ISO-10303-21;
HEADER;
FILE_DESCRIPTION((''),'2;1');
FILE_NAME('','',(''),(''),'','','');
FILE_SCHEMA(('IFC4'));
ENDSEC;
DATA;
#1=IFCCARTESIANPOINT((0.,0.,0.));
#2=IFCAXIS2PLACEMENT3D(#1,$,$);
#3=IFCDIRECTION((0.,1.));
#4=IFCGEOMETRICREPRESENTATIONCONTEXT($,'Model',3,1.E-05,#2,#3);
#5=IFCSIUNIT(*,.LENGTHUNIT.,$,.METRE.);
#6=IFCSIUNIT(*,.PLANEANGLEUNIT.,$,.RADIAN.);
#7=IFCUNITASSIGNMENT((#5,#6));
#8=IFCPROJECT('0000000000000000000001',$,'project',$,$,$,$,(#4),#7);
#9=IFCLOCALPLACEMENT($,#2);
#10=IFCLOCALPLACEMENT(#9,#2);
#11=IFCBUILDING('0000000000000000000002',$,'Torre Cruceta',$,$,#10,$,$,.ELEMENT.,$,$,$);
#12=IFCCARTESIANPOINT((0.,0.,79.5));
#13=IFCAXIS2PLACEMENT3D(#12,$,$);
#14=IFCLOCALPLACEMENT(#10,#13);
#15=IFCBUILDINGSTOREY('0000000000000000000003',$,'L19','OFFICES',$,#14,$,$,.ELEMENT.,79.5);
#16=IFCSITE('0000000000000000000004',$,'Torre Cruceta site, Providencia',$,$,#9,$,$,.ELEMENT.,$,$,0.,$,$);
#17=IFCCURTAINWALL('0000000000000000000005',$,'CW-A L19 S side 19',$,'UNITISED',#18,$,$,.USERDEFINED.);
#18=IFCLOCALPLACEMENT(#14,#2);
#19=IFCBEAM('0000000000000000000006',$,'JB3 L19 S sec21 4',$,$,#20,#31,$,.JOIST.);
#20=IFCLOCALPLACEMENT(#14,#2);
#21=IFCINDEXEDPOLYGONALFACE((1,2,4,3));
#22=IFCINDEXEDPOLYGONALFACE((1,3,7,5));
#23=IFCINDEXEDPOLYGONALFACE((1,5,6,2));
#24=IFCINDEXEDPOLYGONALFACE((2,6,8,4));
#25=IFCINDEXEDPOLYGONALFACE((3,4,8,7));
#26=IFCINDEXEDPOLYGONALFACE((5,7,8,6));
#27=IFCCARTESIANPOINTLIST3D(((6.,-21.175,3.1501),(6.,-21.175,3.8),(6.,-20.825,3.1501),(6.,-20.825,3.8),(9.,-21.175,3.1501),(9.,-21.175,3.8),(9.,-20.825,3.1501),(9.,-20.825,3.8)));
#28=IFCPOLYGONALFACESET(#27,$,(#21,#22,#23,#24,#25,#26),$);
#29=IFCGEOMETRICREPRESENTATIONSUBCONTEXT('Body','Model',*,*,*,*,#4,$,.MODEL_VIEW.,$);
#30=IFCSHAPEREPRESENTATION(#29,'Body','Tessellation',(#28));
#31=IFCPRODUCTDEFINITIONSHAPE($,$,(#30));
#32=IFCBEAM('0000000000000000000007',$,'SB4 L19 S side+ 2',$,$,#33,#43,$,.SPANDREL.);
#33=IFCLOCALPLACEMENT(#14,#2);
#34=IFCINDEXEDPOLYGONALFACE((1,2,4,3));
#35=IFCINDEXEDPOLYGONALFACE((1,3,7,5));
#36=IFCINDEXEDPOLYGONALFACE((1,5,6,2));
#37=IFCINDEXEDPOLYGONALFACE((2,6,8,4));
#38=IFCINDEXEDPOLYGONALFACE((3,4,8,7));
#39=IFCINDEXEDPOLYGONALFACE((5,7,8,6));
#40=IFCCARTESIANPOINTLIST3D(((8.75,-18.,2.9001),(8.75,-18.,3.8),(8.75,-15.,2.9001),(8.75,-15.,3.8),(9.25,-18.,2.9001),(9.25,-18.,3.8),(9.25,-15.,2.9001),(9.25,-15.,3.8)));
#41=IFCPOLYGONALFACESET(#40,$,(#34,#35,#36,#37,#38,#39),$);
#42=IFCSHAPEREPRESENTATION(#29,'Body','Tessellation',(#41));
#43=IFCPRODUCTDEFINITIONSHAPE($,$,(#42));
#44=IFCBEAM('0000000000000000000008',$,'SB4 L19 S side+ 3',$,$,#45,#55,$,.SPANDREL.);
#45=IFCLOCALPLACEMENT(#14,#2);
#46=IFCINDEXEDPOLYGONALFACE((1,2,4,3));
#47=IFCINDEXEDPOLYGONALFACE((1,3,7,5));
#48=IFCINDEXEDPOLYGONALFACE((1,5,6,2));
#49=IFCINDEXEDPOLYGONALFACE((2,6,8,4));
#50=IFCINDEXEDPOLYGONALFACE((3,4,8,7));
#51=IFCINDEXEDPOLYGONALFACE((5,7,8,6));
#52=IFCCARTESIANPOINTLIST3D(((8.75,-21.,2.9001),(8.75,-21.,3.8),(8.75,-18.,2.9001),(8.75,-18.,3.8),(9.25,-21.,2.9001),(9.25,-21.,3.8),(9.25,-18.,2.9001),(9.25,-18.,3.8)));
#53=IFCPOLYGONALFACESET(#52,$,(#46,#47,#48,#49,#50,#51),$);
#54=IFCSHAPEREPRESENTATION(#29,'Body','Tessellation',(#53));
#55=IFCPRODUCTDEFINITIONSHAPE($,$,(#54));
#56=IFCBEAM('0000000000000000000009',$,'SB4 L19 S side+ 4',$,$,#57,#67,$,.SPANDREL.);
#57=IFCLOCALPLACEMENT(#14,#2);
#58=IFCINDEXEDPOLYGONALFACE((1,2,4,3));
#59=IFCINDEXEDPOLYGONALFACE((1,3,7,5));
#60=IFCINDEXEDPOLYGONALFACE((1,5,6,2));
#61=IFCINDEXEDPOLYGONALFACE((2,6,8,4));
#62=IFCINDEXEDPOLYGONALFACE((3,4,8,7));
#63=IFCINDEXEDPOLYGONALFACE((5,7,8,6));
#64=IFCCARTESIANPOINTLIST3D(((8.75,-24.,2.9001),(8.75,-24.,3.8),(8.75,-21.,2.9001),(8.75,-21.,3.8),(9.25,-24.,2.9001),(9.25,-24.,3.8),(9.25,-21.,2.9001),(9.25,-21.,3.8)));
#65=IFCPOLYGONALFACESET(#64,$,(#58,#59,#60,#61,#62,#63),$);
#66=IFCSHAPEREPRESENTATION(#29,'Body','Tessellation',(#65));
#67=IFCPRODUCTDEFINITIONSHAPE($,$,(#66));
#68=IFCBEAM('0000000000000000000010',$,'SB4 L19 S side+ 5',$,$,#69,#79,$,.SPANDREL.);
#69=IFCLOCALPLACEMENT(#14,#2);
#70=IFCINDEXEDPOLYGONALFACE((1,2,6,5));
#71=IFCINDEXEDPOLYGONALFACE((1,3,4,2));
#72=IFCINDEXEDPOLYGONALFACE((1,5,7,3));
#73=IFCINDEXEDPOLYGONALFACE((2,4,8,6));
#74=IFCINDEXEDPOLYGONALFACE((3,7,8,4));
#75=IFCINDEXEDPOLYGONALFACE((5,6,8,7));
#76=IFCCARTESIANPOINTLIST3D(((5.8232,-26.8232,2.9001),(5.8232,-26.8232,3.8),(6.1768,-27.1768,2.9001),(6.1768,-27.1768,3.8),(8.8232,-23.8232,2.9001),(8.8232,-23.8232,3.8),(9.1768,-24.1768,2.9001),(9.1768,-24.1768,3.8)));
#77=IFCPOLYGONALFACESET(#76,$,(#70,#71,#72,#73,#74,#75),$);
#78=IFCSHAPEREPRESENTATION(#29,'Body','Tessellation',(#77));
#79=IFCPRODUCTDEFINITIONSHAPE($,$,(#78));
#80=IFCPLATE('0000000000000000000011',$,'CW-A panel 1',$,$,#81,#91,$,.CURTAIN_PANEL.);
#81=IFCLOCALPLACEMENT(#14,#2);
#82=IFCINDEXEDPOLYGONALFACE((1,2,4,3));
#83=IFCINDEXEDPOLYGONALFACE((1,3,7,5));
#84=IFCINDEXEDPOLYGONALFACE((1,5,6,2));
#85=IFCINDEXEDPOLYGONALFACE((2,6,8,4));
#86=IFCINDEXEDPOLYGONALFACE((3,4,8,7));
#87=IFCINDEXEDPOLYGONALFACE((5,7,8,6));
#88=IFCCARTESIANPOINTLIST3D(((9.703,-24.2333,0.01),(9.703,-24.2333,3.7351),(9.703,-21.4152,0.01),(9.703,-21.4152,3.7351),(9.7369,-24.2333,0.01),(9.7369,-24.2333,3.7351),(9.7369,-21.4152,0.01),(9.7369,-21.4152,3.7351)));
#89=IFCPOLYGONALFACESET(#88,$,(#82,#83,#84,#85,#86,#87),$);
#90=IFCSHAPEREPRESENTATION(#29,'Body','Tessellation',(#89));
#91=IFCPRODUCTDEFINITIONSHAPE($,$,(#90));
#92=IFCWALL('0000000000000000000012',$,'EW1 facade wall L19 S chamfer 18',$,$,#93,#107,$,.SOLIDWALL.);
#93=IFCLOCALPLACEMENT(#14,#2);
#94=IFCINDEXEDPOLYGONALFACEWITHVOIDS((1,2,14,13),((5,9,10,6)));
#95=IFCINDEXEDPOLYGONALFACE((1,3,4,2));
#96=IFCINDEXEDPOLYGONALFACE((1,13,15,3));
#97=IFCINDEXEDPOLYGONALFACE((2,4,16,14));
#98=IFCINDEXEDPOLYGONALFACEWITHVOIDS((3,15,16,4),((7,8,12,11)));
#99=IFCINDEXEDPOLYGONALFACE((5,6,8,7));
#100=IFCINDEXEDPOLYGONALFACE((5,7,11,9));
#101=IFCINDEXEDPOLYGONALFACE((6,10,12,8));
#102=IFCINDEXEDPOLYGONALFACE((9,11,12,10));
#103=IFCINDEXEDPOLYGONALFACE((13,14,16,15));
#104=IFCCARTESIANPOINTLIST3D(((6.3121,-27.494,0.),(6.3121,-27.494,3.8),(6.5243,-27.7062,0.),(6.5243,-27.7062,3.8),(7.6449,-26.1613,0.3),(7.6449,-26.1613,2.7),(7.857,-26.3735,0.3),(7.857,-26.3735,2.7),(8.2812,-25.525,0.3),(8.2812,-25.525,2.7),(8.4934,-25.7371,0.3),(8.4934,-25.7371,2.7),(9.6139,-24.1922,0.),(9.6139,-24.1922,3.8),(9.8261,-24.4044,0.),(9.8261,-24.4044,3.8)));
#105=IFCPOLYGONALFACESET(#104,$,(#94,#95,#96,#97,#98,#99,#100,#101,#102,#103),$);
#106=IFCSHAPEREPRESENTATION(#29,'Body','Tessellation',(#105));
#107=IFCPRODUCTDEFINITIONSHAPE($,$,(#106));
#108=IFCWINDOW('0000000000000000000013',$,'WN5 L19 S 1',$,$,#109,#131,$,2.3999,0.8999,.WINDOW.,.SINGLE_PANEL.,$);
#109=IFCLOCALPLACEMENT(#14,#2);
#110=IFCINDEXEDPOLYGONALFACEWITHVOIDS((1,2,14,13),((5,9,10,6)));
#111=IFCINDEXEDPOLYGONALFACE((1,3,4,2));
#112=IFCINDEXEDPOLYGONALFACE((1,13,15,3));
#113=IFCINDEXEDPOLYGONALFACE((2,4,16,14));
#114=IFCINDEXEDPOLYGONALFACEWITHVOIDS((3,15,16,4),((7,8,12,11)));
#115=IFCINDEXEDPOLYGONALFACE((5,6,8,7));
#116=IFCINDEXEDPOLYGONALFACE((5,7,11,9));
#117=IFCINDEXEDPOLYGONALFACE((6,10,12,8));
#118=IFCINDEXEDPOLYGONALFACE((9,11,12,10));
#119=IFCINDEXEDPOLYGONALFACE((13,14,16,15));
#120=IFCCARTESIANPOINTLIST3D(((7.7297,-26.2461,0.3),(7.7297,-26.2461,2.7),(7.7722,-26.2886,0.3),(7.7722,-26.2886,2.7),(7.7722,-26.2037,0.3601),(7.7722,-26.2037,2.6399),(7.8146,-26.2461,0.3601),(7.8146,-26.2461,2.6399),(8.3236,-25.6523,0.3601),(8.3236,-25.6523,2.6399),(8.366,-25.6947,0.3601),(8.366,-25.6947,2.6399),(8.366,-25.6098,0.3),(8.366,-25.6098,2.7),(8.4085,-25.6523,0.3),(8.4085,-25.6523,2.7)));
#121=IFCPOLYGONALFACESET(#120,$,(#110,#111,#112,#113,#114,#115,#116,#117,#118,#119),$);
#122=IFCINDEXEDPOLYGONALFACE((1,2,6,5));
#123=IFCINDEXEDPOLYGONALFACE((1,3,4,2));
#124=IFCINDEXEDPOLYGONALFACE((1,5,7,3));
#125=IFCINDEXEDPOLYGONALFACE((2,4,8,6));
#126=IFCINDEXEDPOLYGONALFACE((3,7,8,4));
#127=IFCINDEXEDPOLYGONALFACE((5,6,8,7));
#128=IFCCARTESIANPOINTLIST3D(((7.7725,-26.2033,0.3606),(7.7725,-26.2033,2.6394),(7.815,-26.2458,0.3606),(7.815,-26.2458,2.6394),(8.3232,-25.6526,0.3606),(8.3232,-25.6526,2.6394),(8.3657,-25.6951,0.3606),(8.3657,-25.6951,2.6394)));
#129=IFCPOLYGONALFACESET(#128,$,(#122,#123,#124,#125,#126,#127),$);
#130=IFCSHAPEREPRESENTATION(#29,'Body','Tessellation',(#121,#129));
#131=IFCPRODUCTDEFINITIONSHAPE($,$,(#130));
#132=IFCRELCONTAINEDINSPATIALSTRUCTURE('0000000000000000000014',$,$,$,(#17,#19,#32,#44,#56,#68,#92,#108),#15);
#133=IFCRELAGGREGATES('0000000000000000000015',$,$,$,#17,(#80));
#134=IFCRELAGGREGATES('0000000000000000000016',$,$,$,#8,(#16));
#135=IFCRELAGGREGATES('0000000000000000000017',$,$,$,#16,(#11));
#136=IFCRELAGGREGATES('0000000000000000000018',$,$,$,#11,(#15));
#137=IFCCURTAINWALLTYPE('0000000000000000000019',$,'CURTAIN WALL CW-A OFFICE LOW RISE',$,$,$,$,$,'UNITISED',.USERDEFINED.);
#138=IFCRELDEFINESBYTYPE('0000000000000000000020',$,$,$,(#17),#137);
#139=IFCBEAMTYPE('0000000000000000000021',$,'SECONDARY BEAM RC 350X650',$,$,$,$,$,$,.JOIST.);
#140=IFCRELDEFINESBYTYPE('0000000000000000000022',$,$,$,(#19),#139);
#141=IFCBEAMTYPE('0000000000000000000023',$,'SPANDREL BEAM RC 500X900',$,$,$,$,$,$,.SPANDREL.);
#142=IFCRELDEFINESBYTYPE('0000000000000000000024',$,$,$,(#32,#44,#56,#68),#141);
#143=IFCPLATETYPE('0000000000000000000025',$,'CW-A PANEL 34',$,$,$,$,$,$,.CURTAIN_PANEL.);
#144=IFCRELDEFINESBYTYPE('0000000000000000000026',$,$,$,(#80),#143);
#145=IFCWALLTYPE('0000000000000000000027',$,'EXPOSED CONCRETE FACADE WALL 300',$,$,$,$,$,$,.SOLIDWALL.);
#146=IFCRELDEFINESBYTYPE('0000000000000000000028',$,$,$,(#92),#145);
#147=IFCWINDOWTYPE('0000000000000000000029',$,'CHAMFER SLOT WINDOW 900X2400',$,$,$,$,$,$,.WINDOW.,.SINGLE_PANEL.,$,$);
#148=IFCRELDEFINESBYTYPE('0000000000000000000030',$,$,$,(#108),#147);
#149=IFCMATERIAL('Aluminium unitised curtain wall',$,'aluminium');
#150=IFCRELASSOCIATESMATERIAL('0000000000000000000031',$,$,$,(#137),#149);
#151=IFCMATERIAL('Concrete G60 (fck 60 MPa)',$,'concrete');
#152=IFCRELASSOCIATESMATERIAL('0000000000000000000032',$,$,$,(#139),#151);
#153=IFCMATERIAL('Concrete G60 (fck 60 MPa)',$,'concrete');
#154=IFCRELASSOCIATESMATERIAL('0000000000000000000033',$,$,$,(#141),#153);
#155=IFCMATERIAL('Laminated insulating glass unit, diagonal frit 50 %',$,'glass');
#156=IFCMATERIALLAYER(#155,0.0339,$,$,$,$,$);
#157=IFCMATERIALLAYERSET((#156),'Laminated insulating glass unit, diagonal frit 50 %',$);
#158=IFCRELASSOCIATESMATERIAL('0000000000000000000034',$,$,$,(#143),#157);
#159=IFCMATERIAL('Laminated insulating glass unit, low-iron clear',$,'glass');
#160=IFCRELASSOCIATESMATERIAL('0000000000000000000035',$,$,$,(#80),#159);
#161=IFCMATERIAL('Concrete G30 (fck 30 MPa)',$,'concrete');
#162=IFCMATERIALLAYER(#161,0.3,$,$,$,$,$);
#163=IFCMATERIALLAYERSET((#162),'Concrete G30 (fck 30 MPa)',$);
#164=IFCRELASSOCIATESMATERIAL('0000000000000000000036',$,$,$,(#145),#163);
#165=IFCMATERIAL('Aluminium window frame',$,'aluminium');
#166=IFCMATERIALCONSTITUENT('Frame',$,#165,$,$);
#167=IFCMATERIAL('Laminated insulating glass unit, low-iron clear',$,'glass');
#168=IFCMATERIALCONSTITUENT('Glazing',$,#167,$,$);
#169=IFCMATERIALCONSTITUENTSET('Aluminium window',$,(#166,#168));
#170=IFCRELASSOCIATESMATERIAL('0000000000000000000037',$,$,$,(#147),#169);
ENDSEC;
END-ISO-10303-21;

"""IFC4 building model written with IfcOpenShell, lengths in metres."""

from ifc_helpers import new_model, si_unit, direction, frame, frame_2d, origin, origin_2d, place, context, subcontext, project, spatial, rectangle, hollow_rectangle, extrude, material, layer, layer_set, constituent, constituent_set, material_profile, profile_set, type_object, element, fill, aggregate, save


model = new_model("IFC4")

# Units and contexts
model_context = context("Model", 3, precision=1e-05, world=origin(), true_north=direction((0.0, 1.0)))
body_context = subcontext(model_context, "Body", "Model", "MODEL_VIEW")
ifc_project = project(units=[si_unit("LENGTHUNIT", "METRE"), si_unit("PLANEANGLEUNIT", "RADIAN")], contexts=[model_context])

# Site, building, storey
site_placement = place(None, origin())
site = spatial("IfcSite", under=ifc_project, at=site_placement, Name="Torre Cruceta site, Providencia", CompositionType="ELEMENT", RefElevation=0.0)
building_placement = place(site_placement, origin())
building = spatial("IfcBuilding", under=site, at=building_placement, Name="Torre Cruceta", CompositionType="ELEMENT")
storey_placement = place(building_placement, frame((0.0, 0.0, 79.5)))
storey = spatial("IfcBuildingStorey", under=building, at=storey_placement, Name="L19", Description="OFFICES", CompositionType="ELEMENT", Elevation=79.5)

# Curtain wall
ifc_material_1 = material(Name="Aluminium unitised curtain wall", Category="aluminium")
curtain_wall_type = type_object("IfcCurtainWallType", Name="CURTAIN WALL CW-A OFFICE LOW RISE", ElementType="UNITISED", PredefinedType="USERDEFINED", material=ifc_material_1)
curtain_wall_placement = place(storey_placement, origin())
curtain_wall = element("IfcCurtainWall", 1, at=curtain_wall_placement, inside=storey, type_object=curtain_wall_type, Name="CW-A L19 S side 19", ObjectType="UNITISED", PredefinedType="USERDEFINED")

# Beams
ifc_material_2 = material(Name="Concrete G60 (fck 60 MPa)", Category="concrete")
ifc_material_profile_1 = material_profile(ifc_material_2, rectangle(XDim=0.3501, YDim=0.6499, at=origin_2d()), Name="RC 350X650")
ifc_profile_set_1 = profile_set([ifc_material_profile_1], Name="Concrete G60 (fck 60 MPa)")
beam_type_1 = type_object("IfcBeamType", Name="SECONDARY BEAM RC 350X650", PredefinedType="JOIST", material=ifc_profile_set_1)
beam_1_placement = place(storey_placement, frame((6.0, -21.0, 3.4751), z_axis=(1.0, 0.0, 0.0), x_axis=(0.0, 1.0, 0.0)))
element("IfcBeam", 2, at=beam_1_placement, inside=storey, type_object=beam_type_1, Name="JB3 L19 S sec21 4", PredefinedType="JOIST", context=body_context, shape_type="SweptSolid", body=[
    extrude(rectangle(XDim=0.3501, YDim=0.6499, at=origin_2d()), origin(), (0.0, 0.0, 1.0), 3.0),
])
ifc_material_3 = material(Name="Concrete G60 (fck 60 MPa)", Category="concrete")
ifc_material_profile_2 = material_profile(ifc_material_3, rectangle(XDim=0.5, YDim=0.8999, at=origin_2d()), Name="RC 500X900")
ifc_profile_set_2 = profile_set([ifc_material_profile_2], Name="Concrete G60 (fck 60 MPa)")
beam_type_2 = type_object("IfcBeamType", Name="SPANDREL BEAM RC 500X900", PredefinedType="SPANDREL", material=ifc_profile_set_2)
for number, where, z_axis, x_axis, name in (
    (3, (9.0, -15.0, 3.3501), (0.0, -1.0, 0.0), (1.0, 0.0, 0.0), "SB4 L19 S side+ 2"),
    (4, (9.0, -18.0, 3.3501), (0.0, -1.0, 0.0), (1.0, 0.0, 0.0), "SB4 L19 S side+ 3"),
    (5, (9.0, -21.0, 3.3501), (0.0, -1.0, 0.0), (1.0, 0.0, 0.0), "SB4 L19 S side+ 4"),
):
    element("IfcBeam", number, at=place(storey_placement, frame(where, z_axis=z_axis, x_axis=x_axis)), inside=storey, type_object=beam_type_2, Name=name, PredefinedType="SPANDREL", context=body_context, shape_type="SweptSolid", body=[
        extrude(rectangle(XDim=0.5, YDim=0.8999, at=origin_2d()), origin(), (0.0, 0.0, 1.0), 3.0),
    ])
beam_2_placement = place(storey_placement, frame((9.0, -24.0, 3.3501), z_axis=(-0.707107, -0.707107, 0.0), x_axis=(0.707107, -0.707107, 0.0)))
element("IfcBeam", 6, at=beam_2_placement, inside=storey, type_object=beam_type_2, Name="SB4 L19 S side+ 5", PredefinedType="SPANDREL", context=body_context, shape_type="SweptSolid", body=[
    extrude(rectangle(XDim=0.5, YDim=0.8999, at=origin_2d()), origin(), (0.0, 0.0, 1.0), 4.2427),
])

# Plate
ifc_material_4 = material(Name="Laminated insulating glass unit, low-iron clear", Category="glass")
ifc_material_5 = material(Name="Laminated insulating glass unit, diagonal frit 50 %", Category="glass")
ifc_layer_1 = layer(ifc_material_5, 0.0339)
ifc_layer_set_1 = layer_set([ifc_layer_1], Name="Laminated insulating glass unit, diagonal frit 50 %")
plate_type = type_object("IfcPlateType", Name="CW-A PANEL 34", PredefinedType="CURTAIN_PANEL", material=ifc_layer_set_1)
plate_placement = place(storey_placement, frame((9.72, -22.8242, 0.01), z_axis=(0.0, 0.0, 1.0), x_axis=(0.0, 1.0, 0.0)))
plate = element("IfcPlate", 7, at=plate_placement, type_object=plate_type, material=ifc_material_4, Name="CW-A panel 1", PredefinedType="CURTAIN_PANEL", context=body_context, shape_type="SweptSolid", body=[
    extrude(rectangle(XDim=2.8181, YDim=0.0339, at=origin_2d()), origin(), (0.0, 0.0, 1.0), 3.7251),
])
aggregate(curtain_wall, [plate])

# Wall, opening, window
ifc_material_6 = material(Name="Concrete G30 (fck 30 MPa)", Category="concrete")
ifc_layer_2 = layer(ifc_material_6, 0.3)
ifc_layer_set_2 = layer_set([ifc_layer_2], Name="Concrete G30 (fck 30 MPa)")
wall_type_1 = type_object("IfcWallType", Name="EXPOSED CONCRETE FACADE WALL 300", PredefinedType="SOLIDWALL", material=ifc_layer_set_2)
wall_1_placement = place(storey_placement, frame((6.4182, -27.6001, 0.0), z_axis=(0.0, 0.0, 1.0), x_axis=(0.707107, 0.707107, 0.0)))
wall_1 = element("IfcWall", 8, at=wall_1_placement, inside=storey, type_object=wall_type_1, Name="EW1 facade wall L19 S chamfer 18", PredefinedType="SOLIDWALL", context=body_context, shape_type="SweptSolid", body=[
    extrude(rectangle(XDim=4.6694, YDim=0.3, at=frame_2d((2.3347, 0.0))), origin(), (0.0, 0.0, 1.0), 3.8),
])
opening_1_placement = place(wall_1_placement, frame((1.8848, 0.0, 0.3)))
opening_1 = element("IfcOpeningElement", 9, at=opening_1_placement, cuts=wall_1, PredefinedType="OPENING", context=body_context, shape_type="SweptSolid", body=[
    extrude(rectangle(XDim=0.8999, YDim=2.3999, at=frame_2d((0.45, 1.2))), frame((0.0, 0.1599, 0.0), z_axis=(0.0, -1.0, 0.0), x_axis=(1.0, 0.0, 0.0)), (0.0, 0.0, 1.0), 0.3201),
])
ifc_material_7 = material(Name="Aluminium window frame", Category="aluminium")
ifc_constituent_1 = constituent(ifc_material_7, Name="Frame")
ifc_material_8 = material(Name="Laminated insulating glass unit, low-iron clear", Category="glass")
ifc_constituent_2 = constituent(ifc_material_8, Name="Glazing")
ifc_constituent_set_1 = constituent_set(constituents=[ifc_constituent_1, ifc_constituent_2], Name="Aluminium window")
window_type = type_object("IfcWindowType", Name="CHAMFER SLOT WINDOW 900X2400", PartitioningType="SINGLE_PANEL", PredefinedType="WINDOW", material=ifc_constituent_set_1)
window_placement = place(opening_1_placement, origin())
window = element("IfcWindow", 10, at=window_placement, inside=storey, type_object=window_type, Name="WN5 L19 S 1", OverallHeight=2.3999, OverallWidth=0.8999, PartitioningType="SINGLE_PANEL", PredefinedType="WINDOW", context=body_context, shape_type="SweptSolid", body=[
    extrude(hollow_rectangle(XDim=0.8999, YDim=2.3999, WallThickness=0.0601, at=frame_2d((0.45, 1.2))), frame((0.0, 0.03, 0.0), z_axis=(0.0, -1.0, 0.0), x_axis=(1.0, 0.0, 0.0)), (0.0, 0.0, 1.0), 0.0601),
    extrude(rectangle(XDim=0.7788, YDim=2.2788, at=frame_2d((0.45, 1.2))), frame((0.0, 0.03, 0.0), z_axis=(0.0, -1.0, 0.0), x_axis=(1.0, 0.0, 0.0)), (0.0, 0.0, 1.0), 0.0601),
])
fill(opening_1, window)

save(model, "model.ifc")
